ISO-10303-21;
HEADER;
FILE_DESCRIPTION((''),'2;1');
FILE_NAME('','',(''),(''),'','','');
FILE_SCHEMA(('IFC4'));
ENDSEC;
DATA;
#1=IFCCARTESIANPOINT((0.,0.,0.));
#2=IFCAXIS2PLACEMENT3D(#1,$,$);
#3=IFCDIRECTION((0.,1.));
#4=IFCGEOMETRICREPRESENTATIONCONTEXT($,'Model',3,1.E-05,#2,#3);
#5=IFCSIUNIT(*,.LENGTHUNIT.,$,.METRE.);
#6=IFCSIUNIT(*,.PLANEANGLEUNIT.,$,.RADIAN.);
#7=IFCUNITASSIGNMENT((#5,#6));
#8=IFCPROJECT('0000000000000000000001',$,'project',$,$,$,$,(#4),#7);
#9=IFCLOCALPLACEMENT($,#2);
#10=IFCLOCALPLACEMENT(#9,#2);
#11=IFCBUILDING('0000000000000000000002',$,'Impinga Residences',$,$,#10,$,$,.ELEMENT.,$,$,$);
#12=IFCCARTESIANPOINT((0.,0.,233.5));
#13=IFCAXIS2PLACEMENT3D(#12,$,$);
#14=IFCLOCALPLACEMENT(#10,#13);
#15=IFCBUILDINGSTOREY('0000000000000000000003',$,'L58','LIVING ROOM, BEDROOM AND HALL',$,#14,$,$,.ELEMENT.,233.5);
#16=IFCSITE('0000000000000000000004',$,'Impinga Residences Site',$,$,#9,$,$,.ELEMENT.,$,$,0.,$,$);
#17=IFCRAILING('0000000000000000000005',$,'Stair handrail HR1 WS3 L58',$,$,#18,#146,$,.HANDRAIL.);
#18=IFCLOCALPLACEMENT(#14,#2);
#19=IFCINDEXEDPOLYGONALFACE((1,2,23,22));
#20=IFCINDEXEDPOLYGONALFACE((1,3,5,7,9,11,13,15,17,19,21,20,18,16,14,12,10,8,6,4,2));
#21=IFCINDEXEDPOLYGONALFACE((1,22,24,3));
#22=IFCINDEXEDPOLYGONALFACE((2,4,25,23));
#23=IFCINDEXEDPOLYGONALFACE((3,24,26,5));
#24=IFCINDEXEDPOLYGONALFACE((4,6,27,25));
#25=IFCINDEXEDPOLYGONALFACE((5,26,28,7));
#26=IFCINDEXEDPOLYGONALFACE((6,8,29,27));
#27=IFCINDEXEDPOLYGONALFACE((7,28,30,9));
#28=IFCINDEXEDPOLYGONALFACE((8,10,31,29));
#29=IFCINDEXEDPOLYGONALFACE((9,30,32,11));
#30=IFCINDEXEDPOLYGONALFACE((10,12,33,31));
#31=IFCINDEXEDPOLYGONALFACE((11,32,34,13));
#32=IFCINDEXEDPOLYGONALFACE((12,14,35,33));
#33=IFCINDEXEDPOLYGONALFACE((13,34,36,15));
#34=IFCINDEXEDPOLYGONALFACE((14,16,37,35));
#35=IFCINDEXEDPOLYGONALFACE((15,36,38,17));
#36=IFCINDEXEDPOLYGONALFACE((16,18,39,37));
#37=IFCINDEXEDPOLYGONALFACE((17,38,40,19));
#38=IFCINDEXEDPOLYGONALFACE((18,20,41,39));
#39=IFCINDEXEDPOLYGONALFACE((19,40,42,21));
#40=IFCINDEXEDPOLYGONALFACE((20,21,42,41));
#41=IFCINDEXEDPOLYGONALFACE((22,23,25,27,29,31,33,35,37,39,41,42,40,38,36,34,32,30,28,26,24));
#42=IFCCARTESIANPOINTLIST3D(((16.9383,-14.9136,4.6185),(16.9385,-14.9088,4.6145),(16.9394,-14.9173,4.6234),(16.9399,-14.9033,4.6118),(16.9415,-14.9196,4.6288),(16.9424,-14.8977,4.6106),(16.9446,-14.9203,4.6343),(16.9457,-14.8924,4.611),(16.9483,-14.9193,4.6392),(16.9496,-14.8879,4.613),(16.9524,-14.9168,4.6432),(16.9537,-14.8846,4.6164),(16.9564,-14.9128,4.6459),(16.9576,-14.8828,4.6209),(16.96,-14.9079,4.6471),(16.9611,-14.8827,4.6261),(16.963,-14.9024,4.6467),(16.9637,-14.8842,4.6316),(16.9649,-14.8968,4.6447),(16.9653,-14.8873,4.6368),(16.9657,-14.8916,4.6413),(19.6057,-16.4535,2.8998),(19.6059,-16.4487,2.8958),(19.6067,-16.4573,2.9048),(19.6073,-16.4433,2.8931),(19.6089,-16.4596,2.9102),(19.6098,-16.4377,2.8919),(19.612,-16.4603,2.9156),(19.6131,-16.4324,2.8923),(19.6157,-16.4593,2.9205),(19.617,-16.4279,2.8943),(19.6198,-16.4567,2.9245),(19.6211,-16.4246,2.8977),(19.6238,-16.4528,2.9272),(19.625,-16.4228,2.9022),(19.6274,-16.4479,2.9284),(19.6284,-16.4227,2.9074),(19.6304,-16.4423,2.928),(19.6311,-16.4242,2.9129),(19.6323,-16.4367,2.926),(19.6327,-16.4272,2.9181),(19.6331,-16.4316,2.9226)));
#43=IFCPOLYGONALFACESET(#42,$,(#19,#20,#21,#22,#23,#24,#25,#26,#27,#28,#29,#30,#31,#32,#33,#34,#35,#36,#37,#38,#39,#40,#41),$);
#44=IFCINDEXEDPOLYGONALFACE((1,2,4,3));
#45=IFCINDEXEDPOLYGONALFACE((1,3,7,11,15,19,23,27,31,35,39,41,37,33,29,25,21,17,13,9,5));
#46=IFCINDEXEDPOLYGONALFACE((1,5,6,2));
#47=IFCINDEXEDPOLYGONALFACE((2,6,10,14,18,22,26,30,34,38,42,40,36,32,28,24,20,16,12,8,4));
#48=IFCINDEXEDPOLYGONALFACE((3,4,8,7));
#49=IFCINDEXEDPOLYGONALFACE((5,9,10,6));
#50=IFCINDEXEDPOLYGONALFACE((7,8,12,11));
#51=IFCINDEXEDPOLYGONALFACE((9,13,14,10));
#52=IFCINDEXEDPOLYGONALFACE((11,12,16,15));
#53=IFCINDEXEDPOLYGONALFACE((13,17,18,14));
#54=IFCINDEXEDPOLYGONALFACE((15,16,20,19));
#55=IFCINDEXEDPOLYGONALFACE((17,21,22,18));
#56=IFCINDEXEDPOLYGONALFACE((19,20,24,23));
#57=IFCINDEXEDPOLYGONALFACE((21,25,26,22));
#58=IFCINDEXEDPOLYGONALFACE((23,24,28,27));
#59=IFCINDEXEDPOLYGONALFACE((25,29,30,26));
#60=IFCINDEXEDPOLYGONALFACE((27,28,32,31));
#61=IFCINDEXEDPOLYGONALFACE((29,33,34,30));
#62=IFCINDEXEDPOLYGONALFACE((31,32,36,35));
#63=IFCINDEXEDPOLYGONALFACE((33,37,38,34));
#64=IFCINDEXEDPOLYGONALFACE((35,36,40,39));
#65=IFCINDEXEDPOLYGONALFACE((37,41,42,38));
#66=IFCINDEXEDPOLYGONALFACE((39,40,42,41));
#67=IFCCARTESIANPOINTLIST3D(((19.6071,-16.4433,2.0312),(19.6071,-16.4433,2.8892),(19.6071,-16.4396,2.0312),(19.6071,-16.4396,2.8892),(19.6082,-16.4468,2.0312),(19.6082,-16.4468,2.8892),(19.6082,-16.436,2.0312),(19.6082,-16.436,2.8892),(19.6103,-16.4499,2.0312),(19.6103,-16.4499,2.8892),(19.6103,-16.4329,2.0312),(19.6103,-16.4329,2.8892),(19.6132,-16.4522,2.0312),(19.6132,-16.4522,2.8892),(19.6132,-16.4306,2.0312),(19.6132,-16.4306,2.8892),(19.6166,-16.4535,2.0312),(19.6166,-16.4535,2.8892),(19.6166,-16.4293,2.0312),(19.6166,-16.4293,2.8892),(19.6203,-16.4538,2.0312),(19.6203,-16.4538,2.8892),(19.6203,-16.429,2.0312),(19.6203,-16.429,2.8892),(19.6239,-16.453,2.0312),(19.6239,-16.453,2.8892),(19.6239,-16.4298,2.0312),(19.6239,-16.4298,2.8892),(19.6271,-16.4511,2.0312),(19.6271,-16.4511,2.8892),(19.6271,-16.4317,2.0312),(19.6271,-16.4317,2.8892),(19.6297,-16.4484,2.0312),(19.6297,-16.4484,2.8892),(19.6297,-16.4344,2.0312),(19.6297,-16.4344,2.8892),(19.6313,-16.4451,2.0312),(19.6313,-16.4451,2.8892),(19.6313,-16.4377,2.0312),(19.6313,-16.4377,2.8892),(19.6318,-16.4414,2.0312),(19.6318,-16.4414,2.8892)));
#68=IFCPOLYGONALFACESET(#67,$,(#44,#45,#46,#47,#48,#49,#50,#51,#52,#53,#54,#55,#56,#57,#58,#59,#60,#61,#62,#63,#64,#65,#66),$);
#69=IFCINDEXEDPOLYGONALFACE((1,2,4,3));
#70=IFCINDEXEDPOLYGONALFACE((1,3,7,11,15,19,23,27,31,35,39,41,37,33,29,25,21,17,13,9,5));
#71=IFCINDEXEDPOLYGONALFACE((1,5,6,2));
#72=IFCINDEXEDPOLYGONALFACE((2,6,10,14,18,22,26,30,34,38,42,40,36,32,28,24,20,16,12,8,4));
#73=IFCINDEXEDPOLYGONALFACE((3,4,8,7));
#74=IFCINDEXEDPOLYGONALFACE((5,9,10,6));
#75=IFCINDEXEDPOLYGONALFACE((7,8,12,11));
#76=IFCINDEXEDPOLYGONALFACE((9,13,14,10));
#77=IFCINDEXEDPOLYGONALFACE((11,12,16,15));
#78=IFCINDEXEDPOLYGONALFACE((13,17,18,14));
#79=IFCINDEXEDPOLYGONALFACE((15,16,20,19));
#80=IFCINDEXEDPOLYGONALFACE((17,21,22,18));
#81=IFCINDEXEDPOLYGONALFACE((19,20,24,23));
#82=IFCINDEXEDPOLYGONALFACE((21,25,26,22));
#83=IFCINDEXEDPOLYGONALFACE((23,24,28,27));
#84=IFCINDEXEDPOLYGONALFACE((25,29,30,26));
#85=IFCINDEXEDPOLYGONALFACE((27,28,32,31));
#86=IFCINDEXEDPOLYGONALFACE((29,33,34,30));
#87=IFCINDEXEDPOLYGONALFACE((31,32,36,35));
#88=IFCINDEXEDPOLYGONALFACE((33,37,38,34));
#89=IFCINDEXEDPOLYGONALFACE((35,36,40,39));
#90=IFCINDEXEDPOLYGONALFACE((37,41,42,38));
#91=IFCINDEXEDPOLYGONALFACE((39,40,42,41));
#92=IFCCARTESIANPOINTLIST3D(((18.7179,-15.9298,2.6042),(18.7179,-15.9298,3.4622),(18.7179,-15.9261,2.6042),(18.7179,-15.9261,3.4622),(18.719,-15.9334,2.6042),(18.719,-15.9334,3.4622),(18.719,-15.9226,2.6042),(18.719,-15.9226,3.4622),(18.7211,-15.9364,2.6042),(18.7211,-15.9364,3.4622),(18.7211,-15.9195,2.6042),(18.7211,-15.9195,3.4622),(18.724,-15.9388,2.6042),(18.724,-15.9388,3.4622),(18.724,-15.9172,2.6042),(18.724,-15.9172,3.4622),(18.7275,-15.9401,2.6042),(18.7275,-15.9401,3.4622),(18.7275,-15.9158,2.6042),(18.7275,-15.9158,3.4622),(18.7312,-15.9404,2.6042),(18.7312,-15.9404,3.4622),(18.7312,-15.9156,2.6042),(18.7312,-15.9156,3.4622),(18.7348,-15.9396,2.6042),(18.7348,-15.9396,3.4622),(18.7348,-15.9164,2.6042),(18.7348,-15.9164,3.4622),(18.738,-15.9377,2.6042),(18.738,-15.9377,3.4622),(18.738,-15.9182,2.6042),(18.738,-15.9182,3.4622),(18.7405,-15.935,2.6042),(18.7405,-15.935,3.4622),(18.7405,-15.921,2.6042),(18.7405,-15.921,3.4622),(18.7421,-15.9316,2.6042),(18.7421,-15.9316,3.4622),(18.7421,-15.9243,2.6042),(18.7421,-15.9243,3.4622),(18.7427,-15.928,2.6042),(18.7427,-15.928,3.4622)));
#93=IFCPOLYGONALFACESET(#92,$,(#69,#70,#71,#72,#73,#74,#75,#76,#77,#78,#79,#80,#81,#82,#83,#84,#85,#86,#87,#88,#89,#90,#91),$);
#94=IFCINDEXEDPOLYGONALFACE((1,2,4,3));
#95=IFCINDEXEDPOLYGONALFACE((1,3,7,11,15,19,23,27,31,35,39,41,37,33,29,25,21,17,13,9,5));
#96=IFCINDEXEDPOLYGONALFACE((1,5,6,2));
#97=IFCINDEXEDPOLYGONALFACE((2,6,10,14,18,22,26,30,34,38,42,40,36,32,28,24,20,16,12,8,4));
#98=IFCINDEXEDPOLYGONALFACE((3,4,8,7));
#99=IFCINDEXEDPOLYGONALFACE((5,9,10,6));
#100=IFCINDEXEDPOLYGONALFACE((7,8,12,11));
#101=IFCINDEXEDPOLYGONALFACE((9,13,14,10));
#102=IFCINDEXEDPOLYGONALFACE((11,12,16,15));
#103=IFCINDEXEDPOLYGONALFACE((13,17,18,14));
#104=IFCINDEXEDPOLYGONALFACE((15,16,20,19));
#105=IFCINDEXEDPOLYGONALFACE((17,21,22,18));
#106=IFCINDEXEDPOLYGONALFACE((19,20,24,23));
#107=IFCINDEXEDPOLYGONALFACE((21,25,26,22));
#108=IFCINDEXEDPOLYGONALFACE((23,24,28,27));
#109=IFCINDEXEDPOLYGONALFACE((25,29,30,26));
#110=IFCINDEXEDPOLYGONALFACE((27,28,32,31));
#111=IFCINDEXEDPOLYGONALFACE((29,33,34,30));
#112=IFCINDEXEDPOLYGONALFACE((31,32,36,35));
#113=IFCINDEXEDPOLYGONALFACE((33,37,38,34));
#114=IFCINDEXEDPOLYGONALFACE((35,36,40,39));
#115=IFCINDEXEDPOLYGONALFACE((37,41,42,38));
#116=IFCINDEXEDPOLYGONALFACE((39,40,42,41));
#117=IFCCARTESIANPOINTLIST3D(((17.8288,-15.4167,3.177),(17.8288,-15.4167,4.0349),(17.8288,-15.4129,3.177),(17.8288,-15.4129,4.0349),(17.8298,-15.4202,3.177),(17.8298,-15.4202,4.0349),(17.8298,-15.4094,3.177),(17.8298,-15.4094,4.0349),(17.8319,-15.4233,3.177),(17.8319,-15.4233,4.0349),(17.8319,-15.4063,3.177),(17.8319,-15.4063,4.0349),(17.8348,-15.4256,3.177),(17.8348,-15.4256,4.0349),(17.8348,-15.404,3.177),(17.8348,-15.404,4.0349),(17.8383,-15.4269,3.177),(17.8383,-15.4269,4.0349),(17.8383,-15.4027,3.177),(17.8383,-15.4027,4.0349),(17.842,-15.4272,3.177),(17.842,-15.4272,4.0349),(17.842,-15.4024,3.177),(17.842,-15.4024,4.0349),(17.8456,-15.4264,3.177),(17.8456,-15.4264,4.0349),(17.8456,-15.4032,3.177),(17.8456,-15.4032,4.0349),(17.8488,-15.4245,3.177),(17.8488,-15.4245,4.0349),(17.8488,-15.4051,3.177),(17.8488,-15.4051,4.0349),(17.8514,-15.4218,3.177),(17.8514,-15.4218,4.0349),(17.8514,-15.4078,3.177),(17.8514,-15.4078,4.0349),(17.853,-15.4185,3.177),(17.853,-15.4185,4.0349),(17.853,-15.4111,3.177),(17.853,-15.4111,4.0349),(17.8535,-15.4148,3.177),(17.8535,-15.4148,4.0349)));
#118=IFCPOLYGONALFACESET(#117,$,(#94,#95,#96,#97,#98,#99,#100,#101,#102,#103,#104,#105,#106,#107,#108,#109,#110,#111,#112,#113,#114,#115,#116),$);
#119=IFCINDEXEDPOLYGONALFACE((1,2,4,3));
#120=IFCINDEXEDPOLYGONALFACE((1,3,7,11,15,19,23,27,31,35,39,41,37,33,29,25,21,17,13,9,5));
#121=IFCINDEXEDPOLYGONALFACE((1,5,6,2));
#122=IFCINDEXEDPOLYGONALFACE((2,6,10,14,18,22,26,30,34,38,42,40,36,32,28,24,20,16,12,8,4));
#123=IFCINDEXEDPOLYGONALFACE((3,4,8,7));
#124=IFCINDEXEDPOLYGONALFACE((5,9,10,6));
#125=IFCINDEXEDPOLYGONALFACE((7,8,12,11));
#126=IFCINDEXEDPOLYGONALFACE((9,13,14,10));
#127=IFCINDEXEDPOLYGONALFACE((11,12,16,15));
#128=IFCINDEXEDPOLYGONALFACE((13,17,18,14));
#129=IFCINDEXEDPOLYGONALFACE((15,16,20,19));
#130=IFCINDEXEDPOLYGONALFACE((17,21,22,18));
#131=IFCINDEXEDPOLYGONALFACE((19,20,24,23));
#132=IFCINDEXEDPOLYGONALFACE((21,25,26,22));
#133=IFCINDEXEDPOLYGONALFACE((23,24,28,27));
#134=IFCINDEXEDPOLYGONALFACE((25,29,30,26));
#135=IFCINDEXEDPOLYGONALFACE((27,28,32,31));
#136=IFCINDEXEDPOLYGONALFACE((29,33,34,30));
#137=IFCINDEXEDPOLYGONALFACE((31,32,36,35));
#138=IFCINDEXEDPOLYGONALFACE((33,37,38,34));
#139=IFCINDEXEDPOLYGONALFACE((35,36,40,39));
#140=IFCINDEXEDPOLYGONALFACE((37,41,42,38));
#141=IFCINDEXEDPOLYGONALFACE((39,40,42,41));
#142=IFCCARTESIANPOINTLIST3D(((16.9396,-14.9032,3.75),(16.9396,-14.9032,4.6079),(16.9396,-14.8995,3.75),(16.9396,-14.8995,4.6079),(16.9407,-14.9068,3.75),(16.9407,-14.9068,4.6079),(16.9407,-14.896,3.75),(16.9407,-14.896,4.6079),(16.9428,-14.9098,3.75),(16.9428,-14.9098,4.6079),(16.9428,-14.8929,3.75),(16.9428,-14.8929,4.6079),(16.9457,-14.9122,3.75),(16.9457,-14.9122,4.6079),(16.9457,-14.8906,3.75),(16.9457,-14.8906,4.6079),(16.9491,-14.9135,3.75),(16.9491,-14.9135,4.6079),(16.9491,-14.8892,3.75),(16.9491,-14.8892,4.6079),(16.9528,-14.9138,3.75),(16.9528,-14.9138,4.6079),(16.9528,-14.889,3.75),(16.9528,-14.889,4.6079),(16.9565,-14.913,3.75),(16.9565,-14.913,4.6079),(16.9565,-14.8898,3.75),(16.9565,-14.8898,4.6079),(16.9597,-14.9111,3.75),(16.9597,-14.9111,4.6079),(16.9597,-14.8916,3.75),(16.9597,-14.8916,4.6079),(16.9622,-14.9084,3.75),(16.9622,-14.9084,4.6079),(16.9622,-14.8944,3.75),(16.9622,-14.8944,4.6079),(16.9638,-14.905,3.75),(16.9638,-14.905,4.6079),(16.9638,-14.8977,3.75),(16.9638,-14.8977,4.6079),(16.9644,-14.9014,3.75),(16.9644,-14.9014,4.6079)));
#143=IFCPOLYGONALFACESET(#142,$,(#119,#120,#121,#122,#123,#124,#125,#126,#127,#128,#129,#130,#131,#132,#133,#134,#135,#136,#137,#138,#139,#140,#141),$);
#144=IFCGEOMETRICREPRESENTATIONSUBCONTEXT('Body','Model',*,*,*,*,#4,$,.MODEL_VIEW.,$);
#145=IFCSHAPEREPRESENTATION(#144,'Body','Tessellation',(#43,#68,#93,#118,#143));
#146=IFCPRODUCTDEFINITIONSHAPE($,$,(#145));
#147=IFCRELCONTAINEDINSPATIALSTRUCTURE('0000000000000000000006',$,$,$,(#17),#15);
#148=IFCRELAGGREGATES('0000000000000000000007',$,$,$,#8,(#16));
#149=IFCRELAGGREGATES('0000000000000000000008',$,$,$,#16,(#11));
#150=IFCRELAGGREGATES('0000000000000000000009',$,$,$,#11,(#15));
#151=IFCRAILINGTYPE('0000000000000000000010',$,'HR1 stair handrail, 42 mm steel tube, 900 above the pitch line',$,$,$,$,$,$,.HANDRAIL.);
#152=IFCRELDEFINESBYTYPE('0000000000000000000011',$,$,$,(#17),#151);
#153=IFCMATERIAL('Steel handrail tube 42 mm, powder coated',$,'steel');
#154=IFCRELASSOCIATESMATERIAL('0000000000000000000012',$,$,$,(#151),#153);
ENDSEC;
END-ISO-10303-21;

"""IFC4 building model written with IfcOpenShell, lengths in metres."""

from ifc_helpers import new_model, si_unit, direction, frame, origin, origin_2d, place, context, subcontext, project, spatial, circle, extrude, material, type_object, element, save


model = new_model("IFC4")

# Units and contexts
model_context = context("Model", 3, precision=1e-05, world=origin(), true_north=direction((0.0, 1.0)))
body_context = subcontext(model_context, "Body", "Model", "MODEL_VIEW")
ifc_project = project(units=[si_unit("LENGTHUNIT", "METRE"), si_unit("PLANEANGLEUNIT", "RADIAN")], contexts=[model_context])

# Site, building, storey
site_placement = place(None, origin())
site = spatial("IfcSite", under=ifc_project, at=site_placement, Name="Impinga Residences Site", CompositionType="ELEMENT", RefElevation=0.0)
building_placement = place(site_placement, origin())
building = spatial("IfcBuilding", under=site, at=building_placement, Name="Impinga Residences", CompositionType="ELEMENT")
storey_placement = place(building_placement, frame((0.0, 0.0, 233.5)))
storey = spatial("IfcBuildingStorey", under=building, at=storey_placement, Name="L58", Description="LIVING ROOM, BEDROOM AND HALL", CompositionType="ELEMENT", Elevation=233.5)

# Railing
ifc_material_1 = material(Name="Steel handrail tube 42 mm, powder coated", Category="steel")
railing_type_1 = type_object("IfcRailingType", Name="HR1 stair handrail, 42 mm steel tube, 900 above the pitch line", PredefinedType="HANDRAIL", material=ifc_material_1)
railing_1_placement = place(storey_placement, frame((19.6194, -16.4414, 2.0312)))
element("IfcRailing", 1, at=railing_1_placement, inside=storey, type_object=railing_type_1, Name="Stair handrail HR1 WS3 L58", PredefinedType="HANDRAIL", context=body_context, shape_type="SweptSolid", body=[
    extrude(circle(Radius=0.021, at=origin_2d()), frame((0.0, 0.0, 0.8789), z_axis=(-0.756256, 0.436616, 0.487282), x_axis=(-0.499992, -0.86603, 0.0)), (0.0, 0.0, 1.0), 3.5271),
    extrude(circle(Radius=0.0125, at=origin_2d()), origin(), (0.0, 0.0, 1.0), 0.8579),
    extrude(circle(Radius=0.0125, at=origin_2d()), frame((-0.8892, 0.5134, 0.573)), (0.0, 0.0, 1.0), 0.8579),
    extrude(circle(Radius=0.0125, at=origin_2d()), frame((-1.7783, 1.0266, 1.1458)), (0.0, 0.0, 1.0), 0.8579),
    extrude(circle(Radius=0.0125, at=origin_2d()), frame((-2.6675, 1.54, 1.7188)), (0.0, 0.0, 1.0), 0.8579),
])

save(model, "model.ifc")
